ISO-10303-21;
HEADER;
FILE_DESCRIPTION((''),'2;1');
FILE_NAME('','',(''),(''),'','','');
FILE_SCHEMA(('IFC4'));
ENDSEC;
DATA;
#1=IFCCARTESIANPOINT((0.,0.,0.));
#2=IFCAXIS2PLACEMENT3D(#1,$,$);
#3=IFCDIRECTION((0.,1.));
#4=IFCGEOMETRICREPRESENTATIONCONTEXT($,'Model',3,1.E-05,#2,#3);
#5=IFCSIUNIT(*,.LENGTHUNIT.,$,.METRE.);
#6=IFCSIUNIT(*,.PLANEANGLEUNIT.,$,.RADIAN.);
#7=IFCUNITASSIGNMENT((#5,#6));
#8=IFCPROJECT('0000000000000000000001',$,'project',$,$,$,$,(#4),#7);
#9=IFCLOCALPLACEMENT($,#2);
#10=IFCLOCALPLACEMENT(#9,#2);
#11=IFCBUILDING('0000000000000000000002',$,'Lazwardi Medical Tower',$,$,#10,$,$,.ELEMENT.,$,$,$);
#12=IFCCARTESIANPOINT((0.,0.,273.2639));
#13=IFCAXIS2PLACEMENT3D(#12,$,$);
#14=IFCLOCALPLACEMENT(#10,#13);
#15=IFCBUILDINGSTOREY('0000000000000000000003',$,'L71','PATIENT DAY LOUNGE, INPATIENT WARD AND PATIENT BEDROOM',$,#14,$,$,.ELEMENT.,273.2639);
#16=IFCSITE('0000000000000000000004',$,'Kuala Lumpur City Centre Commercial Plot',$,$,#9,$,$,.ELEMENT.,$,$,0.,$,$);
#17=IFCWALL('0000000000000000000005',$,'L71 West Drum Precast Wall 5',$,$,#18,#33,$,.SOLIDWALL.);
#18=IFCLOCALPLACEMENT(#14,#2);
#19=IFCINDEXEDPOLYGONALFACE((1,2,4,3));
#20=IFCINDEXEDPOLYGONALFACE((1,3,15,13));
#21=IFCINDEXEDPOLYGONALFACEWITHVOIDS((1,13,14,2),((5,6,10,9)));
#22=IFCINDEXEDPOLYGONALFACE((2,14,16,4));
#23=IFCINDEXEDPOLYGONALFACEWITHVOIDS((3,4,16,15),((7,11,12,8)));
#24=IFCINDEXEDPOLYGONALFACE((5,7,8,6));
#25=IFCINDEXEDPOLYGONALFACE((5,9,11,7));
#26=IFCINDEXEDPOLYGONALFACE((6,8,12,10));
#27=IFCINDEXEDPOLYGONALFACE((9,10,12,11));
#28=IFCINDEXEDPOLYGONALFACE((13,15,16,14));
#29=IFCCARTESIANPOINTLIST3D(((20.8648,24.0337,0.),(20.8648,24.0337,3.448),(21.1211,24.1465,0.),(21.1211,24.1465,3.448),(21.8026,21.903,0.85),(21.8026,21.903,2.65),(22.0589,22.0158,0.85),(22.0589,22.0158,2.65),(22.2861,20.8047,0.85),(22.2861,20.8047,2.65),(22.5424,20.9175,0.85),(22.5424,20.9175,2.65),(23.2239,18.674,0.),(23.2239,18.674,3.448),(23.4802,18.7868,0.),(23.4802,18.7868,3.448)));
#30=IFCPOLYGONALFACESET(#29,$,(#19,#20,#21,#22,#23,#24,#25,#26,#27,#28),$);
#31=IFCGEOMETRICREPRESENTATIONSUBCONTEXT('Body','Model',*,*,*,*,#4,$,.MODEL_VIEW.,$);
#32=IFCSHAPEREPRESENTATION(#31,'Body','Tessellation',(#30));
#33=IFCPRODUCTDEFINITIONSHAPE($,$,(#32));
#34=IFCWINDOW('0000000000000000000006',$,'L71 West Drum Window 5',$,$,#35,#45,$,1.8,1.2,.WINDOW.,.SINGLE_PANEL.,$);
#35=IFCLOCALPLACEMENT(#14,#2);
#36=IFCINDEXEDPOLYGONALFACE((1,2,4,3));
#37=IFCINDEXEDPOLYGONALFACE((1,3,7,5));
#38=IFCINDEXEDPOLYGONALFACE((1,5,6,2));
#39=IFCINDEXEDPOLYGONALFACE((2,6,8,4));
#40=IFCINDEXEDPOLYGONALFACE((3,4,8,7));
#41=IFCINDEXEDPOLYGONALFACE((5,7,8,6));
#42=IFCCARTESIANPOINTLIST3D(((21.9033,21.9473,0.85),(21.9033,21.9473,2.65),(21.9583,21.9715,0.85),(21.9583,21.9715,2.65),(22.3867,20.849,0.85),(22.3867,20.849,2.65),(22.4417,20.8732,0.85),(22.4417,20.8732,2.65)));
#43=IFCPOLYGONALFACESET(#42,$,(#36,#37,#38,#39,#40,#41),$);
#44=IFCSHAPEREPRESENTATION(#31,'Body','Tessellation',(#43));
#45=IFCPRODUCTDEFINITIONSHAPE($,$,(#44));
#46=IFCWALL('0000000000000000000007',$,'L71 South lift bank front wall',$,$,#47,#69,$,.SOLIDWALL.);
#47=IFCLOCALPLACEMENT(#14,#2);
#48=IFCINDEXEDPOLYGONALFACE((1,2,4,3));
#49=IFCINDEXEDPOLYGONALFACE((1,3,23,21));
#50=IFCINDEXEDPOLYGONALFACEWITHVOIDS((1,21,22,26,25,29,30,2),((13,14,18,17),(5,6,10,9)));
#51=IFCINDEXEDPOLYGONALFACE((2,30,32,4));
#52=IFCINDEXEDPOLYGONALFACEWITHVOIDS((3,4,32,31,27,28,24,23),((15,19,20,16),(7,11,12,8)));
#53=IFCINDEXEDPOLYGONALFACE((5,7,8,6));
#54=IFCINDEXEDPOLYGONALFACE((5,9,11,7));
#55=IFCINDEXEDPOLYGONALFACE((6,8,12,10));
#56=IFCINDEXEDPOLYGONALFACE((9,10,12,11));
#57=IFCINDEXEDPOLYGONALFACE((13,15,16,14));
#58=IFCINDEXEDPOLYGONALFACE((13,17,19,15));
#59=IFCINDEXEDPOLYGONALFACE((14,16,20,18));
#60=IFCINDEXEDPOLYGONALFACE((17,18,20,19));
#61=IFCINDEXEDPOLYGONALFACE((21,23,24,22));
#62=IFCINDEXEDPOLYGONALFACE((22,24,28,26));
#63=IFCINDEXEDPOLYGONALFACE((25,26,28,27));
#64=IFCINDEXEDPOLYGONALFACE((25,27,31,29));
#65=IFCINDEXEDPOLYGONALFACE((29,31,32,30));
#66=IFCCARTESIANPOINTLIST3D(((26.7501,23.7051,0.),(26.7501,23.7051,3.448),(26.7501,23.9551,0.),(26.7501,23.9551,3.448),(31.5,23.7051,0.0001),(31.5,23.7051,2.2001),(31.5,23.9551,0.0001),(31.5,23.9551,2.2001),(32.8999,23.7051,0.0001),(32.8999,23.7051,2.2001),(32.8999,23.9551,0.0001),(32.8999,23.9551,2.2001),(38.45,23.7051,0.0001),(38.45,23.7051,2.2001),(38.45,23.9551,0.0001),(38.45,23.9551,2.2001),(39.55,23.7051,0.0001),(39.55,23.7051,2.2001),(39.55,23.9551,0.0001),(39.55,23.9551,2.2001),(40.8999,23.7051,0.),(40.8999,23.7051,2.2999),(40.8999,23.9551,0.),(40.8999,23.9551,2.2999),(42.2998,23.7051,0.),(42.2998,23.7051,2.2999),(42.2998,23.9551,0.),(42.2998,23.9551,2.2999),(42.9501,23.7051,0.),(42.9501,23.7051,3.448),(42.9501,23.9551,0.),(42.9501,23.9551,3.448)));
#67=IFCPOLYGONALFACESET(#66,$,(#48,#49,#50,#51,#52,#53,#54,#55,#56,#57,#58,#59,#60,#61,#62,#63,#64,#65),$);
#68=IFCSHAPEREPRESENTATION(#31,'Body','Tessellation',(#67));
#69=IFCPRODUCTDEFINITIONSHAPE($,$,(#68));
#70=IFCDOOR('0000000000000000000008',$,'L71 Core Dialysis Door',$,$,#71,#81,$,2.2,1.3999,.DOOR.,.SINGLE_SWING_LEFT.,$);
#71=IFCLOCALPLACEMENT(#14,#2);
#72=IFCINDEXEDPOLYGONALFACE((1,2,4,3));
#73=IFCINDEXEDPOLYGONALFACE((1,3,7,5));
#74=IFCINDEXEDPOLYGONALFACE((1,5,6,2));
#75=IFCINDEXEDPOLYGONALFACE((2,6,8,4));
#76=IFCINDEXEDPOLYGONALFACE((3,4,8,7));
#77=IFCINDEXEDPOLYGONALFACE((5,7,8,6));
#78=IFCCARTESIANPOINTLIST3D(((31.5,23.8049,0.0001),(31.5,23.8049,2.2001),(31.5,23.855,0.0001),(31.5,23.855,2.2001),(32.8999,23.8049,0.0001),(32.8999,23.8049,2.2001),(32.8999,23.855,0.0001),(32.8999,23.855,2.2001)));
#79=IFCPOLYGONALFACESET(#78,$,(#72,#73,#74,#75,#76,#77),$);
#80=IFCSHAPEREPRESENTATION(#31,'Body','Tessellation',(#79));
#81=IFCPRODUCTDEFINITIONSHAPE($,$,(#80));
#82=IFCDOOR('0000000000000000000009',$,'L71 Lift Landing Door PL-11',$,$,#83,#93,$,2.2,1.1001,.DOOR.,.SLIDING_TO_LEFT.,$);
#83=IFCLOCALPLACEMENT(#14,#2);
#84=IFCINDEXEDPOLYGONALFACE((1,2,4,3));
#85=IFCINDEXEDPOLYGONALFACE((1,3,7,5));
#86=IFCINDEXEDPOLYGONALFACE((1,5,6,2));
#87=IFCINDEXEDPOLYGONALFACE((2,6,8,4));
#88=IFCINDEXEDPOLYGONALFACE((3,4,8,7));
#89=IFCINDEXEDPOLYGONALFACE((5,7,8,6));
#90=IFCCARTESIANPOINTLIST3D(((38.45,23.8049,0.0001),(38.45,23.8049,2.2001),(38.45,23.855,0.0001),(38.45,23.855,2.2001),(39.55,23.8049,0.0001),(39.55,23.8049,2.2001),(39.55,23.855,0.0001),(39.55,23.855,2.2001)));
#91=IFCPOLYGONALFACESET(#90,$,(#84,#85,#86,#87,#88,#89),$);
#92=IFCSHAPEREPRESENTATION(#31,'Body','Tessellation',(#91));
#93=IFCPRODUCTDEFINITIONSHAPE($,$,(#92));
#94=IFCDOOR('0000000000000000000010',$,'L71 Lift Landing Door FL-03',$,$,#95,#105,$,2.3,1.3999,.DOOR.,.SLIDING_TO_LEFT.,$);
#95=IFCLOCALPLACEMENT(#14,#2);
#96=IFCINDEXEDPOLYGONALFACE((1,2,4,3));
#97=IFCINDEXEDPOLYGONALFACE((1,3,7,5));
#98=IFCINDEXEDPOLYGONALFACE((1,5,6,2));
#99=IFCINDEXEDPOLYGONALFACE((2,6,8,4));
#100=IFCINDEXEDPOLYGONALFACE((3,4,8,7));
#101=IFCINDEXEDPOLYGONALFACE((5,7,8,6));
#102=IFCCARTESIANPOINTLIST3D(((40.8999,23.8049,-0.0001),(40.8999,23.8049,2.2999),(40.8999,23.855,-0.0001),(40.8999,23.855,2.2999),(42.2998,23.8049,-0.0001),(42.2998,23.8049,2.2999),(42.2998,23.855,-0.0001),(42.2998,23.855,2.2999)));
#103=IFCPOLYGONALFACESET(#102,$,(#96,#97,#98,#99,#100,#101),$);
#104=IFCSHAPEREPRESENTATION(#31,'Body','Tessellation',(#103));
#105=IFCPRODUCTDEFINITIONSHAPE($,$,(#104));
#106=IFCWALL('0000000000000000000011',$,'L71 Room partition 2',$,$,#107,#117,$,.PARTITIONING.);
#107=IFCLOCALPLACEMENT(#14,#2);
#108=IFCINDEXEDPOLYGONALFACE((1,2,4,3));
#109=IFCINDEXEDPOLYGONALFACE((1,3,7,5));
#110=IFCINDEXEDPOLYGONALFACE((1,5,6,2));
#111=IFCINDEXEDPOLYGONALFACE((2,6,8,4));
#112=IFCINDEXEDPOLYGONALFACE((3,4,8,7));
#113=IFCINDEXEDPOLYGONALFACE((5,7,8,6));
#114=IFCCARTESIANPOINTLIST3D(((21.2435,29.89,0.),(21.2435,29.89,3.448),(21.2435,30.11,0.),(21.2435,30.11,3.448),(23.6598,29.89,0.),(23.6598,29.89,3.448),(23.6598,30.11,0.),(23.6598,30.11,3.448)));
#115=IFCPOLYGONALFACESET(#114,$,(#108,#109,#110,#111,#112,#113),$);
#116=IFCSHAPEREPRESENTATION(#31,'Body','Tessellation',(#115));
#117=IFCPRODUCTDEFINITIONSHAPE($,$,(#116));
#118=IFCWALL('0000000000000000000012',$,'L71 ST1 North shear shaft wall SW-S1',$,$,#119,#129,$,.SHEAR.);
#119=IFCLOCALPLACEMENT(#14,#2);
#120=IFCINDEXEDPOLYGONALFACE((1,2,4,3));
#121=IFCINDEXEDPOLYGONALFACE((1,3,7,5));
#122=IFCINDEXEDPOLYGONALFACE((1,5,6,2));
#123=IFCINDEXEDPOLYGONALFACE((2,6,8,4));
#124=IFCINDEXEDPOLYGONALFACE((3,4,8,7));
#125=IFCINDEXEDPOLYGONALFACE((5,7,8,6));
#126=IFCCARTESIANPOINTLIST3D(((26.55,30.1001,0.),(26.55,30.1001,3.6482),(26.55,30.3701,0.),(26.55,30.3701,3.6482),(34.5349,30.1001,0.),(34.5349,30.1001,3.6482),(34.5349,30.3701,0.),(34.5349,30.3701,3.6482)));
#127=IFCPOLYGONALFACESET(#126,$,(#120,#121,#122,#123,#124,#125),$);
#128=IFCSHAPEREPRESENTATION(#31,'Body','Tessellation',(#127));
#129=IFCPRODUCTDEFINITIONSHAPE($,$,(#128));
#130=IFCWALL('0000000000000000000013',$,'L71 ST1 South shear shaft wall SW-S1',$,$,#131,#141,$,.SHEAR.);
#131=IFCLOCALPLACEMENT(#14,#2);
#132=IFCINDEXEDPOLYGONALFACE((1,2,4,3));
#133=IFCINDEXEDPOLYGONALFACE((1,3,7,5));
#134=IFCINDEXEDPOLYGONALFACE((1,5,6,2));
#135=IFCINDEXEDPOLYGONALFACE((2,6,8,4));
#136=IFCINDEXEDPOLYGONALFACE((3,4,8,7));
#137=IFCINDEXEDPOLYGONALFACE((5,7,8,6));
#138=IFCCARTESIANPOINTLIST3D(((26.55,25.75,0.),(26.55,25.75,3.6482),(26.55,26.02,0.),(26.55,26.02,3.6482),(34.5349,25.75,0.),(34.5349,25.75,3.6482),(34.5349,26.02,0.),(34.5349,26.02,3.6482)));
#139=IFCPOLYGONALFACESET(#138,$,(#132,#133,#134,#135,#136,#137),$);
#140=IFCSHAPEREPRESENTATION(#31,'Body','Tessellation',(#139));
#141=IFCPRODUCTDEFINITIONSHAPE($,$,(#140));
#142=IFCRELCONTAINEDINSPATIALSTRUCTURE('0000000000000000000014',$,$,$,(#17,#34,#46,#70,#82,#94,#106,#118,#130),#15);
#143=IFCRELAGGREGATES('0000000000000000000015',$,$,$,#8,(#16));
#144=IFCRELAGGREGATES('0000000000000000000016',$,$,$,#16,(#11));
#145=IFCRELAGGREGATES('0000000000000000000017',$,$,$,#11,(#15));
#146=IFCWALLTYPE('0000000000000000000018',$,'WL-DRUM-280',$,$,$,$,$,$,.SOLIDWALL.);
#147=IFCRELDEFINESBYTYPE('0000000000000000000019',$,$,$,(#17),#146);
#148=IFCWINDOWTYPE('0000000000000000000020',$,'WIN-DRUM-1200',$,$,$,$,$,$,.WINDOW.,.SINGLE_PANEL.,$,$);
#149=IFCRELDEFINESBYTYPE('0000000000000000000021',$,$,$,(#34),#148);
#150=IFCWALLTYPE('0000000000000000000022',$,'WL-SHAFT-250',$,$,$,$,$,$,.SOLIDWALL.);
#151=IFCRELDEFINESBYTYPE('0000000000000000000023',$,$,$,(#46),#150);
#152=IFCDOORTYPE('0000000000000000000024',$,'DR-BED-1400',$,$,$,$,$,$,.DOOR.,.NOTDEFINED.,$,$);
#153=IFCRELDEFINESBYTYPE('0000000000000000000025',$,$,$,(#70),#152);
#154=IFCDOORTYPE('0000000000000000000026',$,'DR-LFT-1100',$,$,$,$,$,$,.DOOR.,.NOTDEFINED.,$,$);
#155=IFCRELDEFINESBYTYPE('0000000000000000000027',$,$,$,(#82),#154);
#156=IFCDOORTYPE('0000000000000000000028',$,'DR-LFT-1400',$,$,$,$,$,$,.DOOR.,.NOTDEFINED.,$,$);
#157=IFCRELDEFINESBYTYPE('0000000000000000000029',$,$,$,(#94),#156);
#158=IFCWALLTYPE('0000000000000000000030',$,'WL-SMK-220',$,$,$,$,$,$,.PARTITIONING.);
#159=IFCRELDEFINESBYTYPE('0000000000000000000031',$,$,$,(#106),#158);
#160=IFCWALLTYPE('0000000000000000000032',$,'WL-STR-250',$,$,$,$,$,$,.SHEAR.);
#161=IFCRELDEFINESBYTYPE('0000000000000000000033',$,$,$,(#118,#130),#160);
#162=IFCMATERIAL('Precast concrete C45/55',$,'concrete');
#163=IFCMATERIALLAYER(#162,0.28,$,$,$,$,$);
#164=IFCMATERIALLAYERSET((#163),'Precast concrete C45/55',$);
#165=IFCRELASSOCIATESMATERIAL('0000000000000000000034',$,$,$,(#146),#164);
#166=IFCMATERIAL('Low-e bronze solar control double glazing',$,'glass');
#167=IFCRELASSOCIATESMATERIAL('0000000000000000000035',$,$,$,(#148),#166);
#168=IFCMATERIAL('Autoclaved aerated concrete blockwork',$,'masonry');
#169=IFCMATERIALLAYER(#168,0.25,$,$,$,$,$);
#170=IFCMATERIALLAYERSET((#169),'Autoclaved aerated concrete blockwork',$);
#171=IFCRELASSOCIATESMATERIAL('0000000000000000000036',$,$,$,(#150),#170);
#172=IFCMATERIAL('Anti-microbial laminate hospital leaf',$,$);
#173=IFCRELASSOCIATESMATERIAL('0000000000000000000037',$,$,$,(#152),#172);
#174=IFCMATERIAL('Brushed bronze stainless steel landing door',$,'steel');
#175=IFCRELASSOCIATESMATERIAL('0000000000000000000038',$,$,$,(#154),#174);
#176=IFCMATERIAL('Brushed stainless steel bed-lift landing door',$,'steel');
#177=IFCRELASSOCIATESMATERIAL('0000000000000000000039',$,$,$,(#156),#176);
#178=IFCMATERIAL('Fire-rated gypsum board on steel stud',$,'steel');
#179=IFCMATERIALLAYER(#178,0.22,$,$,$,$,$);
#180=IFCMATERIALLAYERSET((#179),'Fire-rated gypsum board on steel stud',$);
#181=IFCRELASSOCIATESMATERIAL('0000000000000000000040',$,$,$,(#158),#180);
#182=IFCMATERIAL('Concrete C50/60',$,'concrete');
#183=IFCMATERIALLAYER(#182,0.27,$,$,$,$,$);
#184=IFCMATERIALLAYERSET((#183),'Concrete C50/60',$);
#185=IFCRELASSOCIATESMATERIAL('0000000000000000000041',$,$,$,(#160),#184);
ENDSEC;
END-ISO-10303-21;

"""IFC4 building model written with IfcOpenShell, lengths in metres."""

from ifc_helpers import new_model, si_unit, direction, frame, frame_2d, origin, place, context, subcontext, project, spatial, rectangle, extrude, material, layer, layer_set, type_object, element, fill, save


model = new_model("IFC4")

# Units and contexts
model_context = context("Model", 3, precision=1e-05, world=origin(), true_north=direction((0.0, 1.0)))
body_context = subcontext(model_context, "Body", "Model", "MODEL_VIEW")
ifc_project = project(units=[si_unit("LENGTHUNIT", "METRE"), si_unit("PLANEANGLEUNIT", "RADIAN")], contexts=[model_context])

# Site, building, storey
site_placement = place(None, origin())
site = spatial("IfcSite", under=ifc_project, at=site_placement, Name="Kuala Lumpur City Centre Commercial Plot", CompositionType="ELEMENT", RefElevation=0.0)
building_placement = place(site_placement, origin())
building = spatial("IfcBuilding", under=site, at=building_placement, Name="Lazwardi Medical Tower", CompositionType="ELEMENT")
storey_placement = place(building_placement, frame((0.0, 0.0, 273.2639)))
storey = spatial("IfcBuildingStorey", under=building, at=storey_placement, Name="L71", Description="PATIENT DAY LOUNGE, INPATIENT WARD AND PATIENT BEDROOM", CompositionType="ELEMENT", Elevation=273.2639)

# Wall, opening, window
ifc_material_1 = material(Name="Precast concrete C45/55", Category="concrete")
ifc_layer_1 = layer(ifc_material_1, 0.28)
ifc_layer_set_1 = layer_set([ifc_layer_1], Name="Precast concrete C45/55")
wall_type_1 = type_object("IfcWallType", Name="WL-DRUM-280", PredefinedType="SOLIDWALL", material=ifc_layer_set_1)
ifc_material_2 = material(Name="Low-e bronze solar control double glazing", Category="glass")
window_type = type_object("IfcWindowType", Name="WIN-DRUM-1200", PartitioningType="SINGLE_PANEL", PredefinedType="WINDOW", material=ifc_material_2)
wall_1_placement = place(storey_placement, frame((20.9929, 24.0901, 0.0), z_axis=(0.0, 0.0, 1.0), x_axis=(0.402867, -0.915258, 0.0)))
wall_1 = element("IfcWall", 1, at=wall_1_placement, inside=storey, type_object=wall_type_1, Name="L71 West Drum Precast Wall 5", PredefinedType="SOLIDWALL", context=body_context, shape_type="SweptSolid", body=[
    extrude(rectangle(XDim=5.856, YDim=0.28, at=frame_2d((2.928, 0.0))), origin(), (0.0, 0.0, 1.0), 3.448),
])
opening_1_placement = place(wall_1_placement, frame((2.3279, 0.0, 0.8501)))
opening_1 = element("IfcOpeningElement", 2, at=opening_1_placement, cuts=wall_1, PredefinedType="OPENING", context=body_context, shape_type="SweptSolid", body=[
    extrude(rectangle(XDim=1.2, YDim=1.8, at=frame_2d((0.6001, 0.8999))), frame((0.0, 0.1499, 0.0), z_axis=(0.0, -1.0, 0.0), x_axis=(1.0, 0.0, 0.0)), (0.0, 0.0, 1.0), 0.3),
])
window_1_placement = place(opening_1_placement, origin())
window_1 = element("IfcWindow", 3, at=window_1_placement, inside=storey, type_object=window_type, Name="L71 West Drum Window 5", OverallHeight=1.8, OverallWidth=1.2, PartitioningType="SINGLE_PANEL", PredefinedType="WINDOW", context=body_context, shape_type="SweptSolid", body=[
    extrude(rectangle(XDim=1.2, YDim=1.8, at=frame_2d((0.6001, 0.8999))), frame((0.0, 0.03, 0.0), z_axis=(0.0, -1.0, 0.0), x_axis=(1.0, 0.0, 0.0)), (0.0, 0.0, 1.0), 0.0601),
])
fill(opening_1, window_1)

# Wall, openings, doors
ifc_material_3 = material(Name="Autoclaved aerated concrete blockwork", Category="masonry")
ifc_layer_2 = layer(ifc_material_3, 0.25)
ifc_layer_set_2 = layer_set([ifc_layer_2], Name="Autoclaved aerated concrete blockwork")
wall_type_2 = type_object("IfcWallType", Name="WL-SHAFT-250", PredefinedType="SOLIDWALL", material=ifc_layer_set_2)
wall_2_placement = place(storey_placement, frame((26.75, 23.8301, 0.0), z_axis=(0.0, 0.0, 1.0), x_axis=(1.0, 0.0, 0.0)))
wall_2 = element("IfcWall", 4, at=wall_2_placement, inside=storey, type_object=wall_type_2, Name="L71 South lift bank front wall", PredefinedType="SOLIDWALL", context=body_context, shape_type="SweptSolid", body=[
    extrude(rectangle(XDim=16.2, YDim=0.25, at=frame_2d((8.1001, 0.0))), origin(), (0.0, 0.0, 1.0), 3.448),
])
opening_2_placement = place(wall_2_placement, frame((4.75, 0.0, 0.0)))
opening_2 = element("IfcOpeningElement", 5, at=opening_2_placement, cuts=wall_2, PredefinedType="OPENING", context=body_context, shape_type="SweptSolid", body=[
    extrude(rectangle(XDim=1.3999, YDim=2.2, at=frame_2d((0.7, 1.1001))), frame((0.0, 0.135, 0.0), z_axis=(0.0, -1.0, 0.0), x_axis=(1.0, 0.0, 0.0)), (0.0, 0.0, 1.0), 0.27),
])
opening_3_placement = place(wall_2_placement, frame((11.7, 0.0, 0.0)))
opening_3 = element("IfcOpeningElement", 6, at=opening_3_placement, cuts=wall_2, PredefinedType="OPENING", context=body_context, shape_type="SweptSolid", body=[
    extrude(rectangle(XDim=1.1001, YDim=2.2, at=frame_2d((0.55, 1.1001))), frame((0.0, 0.135, 0.0), z_axis=(0.0, -1.0, 0.0), x_axis=(1.0, 0.0, 0.0)), (0.0, 0.0, 1.0), 0.27),
])
opening_4_placement = place(wall_2_placement, frame((14.1499, 0.0, 0.0)))
opening_4 = element("IfcOpeningElement", 7, at=opening_4_placement, cuts=wall_2, PredefinedType="OPENING", context=body_context, shape_type="SweptSolid", body=[
    extrude(rectangle(XDim=1.3999, YDim=2.3, at=frame_2d((0.7, 1.1499))), frame((0.0, 0.135, 0.0), z_axis=(0.0, -1.0, 0.0), x_axis=(1.0, 0.0, 0.0)), (0.0, 0.0, 1.0), 0.27),
])
ifc_material_4 = material(Name="Anti-microbial laminate hospital leaf")
door_type_1 = type_object("IfcDoorType", Name="DR-BED-1400", OperationType="NOTDEFINED", PredefinedType="DOOR", material=ifc_material_4)
door_1_placement = place(opening_2_placement, origin())
door_1 = element("IfcDoor", 8, at=door_1_placement, inside=storey, type_object=door_type_1, Name="L71 Core Dialysis Door", OperationType="SINGLE_SWING_LEFT", OverallHeight=2.2, OverallWidth=1.3999, PredefinedType="DOOR", context=body_context, shape_type="SweptSolid", body=[
    extrude(rectangle(XDim=1.3999, YDim=2.2, at=frame_2d((0.7, 1.1001))), frame((0.0, 0.0249, 0.0), z_axis=(0.0, -1.0, 0.0), x_axis=(1.0, 0.0, 0.0)), (0.0, 0.0, 1.0), 0.05),
])
fill(opening_2, door_1)
ifc_material_5 = material(Name="Brushed bronze stainless steel landing door", Category="steel")
door_type_2 = type_object("IfcDoorType", Name="DR-LFT-1100", OperationType="NOTDEFINED", PredefinedType="DOOR", material=ifc_material_5)
door_2_placement = place(opening_3_placement, origin())
door_2 = element("IfcDoor", 9, at=door_2_placement, inside=storey, type_object=door_type_2, Name="L71 Lift Landing Door PL-11", OperationType="SLIDING_TO_LEFT", OverallHeight=2.2, OverallWidth=1.1001, PredefinedType="DOOR", context=body_context, shape_type="SweptSolid", body=[
    extrude(rectangle(XDim=1.1001, YDim=2.2, at=frame_2d((0.55, 1.1001))), frame((0.0, 0.0249, 0.0), z_axis=(0.0, -1.0, 0.0), x_axis=(1.0, 0.0, 0.0)), (0.0, 0.0, 1.0), 0.05),
])
fill(opening_3, door_2)
ifc_material_6 = material(Name="Brushed stainless steel bed-lift landing door", Category="steel")
door_type_3 = type_object("IfcDoorType", Name="DR-LFT-1400", OperationType="NOTDEFINED", PredefinedType="DOOR", material=ifc_material_6)
door_3_placement = place(opening_4_placement, origin())
door_3 = element("IfcDoor", 10, at=door_3_placement, inside=storey, type_object=door_type_3, Name="L71 Lift Landing Door FL-03", OperationType="SLIDING_TO_LEFT", OverallHeight=2.3, OverallWidth=1.3999, PredefinedType="DOOR", context=body_context, shape_type="SweptSolid", body=[
    extrude(rectangle(XDim=1.3999, YDim=2.3, at=frame_2d((0.7, 1.1499))), frame((0.0, 0.0249, 0.0), z_axis=(0.0, -1.0, 0.0), x_axis=(1.0, 0.0, 0.0)), (0.0, 0.0, 1.0), 0.05),
])
fill(opening_4, door_3)

# Walls
ifc_material_7 = material(Name="Fire-rated gypsum board on steel stud", Category="steel")
ifc_layer_3 = layer(ifc_material_7, 0.22)
ifc_layer_set_3 = layer_set([ifc_layer_3], Name="Fire-rated gypsum board on steel stud")
wall_type_3 = type_object("IfcWallType", Name="WL-SMK-220", PredefinedType="PARTITIONING", material=ifc_layer_set_3)
wall_3_placement = place(storey_placement, frame((21.2437, 30.0, 0.0), z_axis=(0.0, 0.0, 1.0), x_axis=(1.0, 0.0, 0.0)))
element("IfcWall", 11, at=wall_3_placement, inside=storey, type_object=wall_type_3, Name="L71 Room partition 2", PredefinedType="PARTITIONING", context=body_context, shape_type="SweptSolid", body=[
    extrude(rectangle(XDim=2.4163, YDim=0.22, at=frame_2d((1.208, 0.0))), origin(), (0.0, 0.0, 1.0), 3.448),
])
ifc_material_8 = material(Name="Concrete C50/60", Category="concrete")
ifc_layer_4 = layer(ifc_material_8, 0.27)
ifc_layer_set_4 = layer_set([ifc_layer_4], Name="Concrete C50/60")
wall_type_4 = type_object("IfcWallType", Name="WL-STR-250", PredefinedType="SHEAR", material=ifc_layer_set_4)
for number, where, z_axis, x_axis, name in (
    (12, (26.55, 30.2351, 0.0), (0.0, 0.0, 1.0), (1.0, 0.0, 0.0), "L71 ST1 North shear shaft wall SW-S1"),
    (13, (26.55, 25.885, 0.0), (0.0, 0.0, 1.0), (1.0, 0.0, 0.0), "L71 ST1 South shear shaft wall SW-S1"),
):
    element("IfcWall", number, at=place(storey_placement, frame(where, z_axis=z_axis, x_axis=x_axis)), inside=storey, type_object=wall_type_4, Name=name, PredefinedType="SHEAR", context=body_context, shape_type="SweptSolid", body=[
        extrude(rectangle(XDim=7.9849, YDim=0.27, at=frame_2d((3.9924, 0.0))), origin(), (0.0, 0.0, 1.0), 3.6482),
    ])

save(model, "model.ifc")
